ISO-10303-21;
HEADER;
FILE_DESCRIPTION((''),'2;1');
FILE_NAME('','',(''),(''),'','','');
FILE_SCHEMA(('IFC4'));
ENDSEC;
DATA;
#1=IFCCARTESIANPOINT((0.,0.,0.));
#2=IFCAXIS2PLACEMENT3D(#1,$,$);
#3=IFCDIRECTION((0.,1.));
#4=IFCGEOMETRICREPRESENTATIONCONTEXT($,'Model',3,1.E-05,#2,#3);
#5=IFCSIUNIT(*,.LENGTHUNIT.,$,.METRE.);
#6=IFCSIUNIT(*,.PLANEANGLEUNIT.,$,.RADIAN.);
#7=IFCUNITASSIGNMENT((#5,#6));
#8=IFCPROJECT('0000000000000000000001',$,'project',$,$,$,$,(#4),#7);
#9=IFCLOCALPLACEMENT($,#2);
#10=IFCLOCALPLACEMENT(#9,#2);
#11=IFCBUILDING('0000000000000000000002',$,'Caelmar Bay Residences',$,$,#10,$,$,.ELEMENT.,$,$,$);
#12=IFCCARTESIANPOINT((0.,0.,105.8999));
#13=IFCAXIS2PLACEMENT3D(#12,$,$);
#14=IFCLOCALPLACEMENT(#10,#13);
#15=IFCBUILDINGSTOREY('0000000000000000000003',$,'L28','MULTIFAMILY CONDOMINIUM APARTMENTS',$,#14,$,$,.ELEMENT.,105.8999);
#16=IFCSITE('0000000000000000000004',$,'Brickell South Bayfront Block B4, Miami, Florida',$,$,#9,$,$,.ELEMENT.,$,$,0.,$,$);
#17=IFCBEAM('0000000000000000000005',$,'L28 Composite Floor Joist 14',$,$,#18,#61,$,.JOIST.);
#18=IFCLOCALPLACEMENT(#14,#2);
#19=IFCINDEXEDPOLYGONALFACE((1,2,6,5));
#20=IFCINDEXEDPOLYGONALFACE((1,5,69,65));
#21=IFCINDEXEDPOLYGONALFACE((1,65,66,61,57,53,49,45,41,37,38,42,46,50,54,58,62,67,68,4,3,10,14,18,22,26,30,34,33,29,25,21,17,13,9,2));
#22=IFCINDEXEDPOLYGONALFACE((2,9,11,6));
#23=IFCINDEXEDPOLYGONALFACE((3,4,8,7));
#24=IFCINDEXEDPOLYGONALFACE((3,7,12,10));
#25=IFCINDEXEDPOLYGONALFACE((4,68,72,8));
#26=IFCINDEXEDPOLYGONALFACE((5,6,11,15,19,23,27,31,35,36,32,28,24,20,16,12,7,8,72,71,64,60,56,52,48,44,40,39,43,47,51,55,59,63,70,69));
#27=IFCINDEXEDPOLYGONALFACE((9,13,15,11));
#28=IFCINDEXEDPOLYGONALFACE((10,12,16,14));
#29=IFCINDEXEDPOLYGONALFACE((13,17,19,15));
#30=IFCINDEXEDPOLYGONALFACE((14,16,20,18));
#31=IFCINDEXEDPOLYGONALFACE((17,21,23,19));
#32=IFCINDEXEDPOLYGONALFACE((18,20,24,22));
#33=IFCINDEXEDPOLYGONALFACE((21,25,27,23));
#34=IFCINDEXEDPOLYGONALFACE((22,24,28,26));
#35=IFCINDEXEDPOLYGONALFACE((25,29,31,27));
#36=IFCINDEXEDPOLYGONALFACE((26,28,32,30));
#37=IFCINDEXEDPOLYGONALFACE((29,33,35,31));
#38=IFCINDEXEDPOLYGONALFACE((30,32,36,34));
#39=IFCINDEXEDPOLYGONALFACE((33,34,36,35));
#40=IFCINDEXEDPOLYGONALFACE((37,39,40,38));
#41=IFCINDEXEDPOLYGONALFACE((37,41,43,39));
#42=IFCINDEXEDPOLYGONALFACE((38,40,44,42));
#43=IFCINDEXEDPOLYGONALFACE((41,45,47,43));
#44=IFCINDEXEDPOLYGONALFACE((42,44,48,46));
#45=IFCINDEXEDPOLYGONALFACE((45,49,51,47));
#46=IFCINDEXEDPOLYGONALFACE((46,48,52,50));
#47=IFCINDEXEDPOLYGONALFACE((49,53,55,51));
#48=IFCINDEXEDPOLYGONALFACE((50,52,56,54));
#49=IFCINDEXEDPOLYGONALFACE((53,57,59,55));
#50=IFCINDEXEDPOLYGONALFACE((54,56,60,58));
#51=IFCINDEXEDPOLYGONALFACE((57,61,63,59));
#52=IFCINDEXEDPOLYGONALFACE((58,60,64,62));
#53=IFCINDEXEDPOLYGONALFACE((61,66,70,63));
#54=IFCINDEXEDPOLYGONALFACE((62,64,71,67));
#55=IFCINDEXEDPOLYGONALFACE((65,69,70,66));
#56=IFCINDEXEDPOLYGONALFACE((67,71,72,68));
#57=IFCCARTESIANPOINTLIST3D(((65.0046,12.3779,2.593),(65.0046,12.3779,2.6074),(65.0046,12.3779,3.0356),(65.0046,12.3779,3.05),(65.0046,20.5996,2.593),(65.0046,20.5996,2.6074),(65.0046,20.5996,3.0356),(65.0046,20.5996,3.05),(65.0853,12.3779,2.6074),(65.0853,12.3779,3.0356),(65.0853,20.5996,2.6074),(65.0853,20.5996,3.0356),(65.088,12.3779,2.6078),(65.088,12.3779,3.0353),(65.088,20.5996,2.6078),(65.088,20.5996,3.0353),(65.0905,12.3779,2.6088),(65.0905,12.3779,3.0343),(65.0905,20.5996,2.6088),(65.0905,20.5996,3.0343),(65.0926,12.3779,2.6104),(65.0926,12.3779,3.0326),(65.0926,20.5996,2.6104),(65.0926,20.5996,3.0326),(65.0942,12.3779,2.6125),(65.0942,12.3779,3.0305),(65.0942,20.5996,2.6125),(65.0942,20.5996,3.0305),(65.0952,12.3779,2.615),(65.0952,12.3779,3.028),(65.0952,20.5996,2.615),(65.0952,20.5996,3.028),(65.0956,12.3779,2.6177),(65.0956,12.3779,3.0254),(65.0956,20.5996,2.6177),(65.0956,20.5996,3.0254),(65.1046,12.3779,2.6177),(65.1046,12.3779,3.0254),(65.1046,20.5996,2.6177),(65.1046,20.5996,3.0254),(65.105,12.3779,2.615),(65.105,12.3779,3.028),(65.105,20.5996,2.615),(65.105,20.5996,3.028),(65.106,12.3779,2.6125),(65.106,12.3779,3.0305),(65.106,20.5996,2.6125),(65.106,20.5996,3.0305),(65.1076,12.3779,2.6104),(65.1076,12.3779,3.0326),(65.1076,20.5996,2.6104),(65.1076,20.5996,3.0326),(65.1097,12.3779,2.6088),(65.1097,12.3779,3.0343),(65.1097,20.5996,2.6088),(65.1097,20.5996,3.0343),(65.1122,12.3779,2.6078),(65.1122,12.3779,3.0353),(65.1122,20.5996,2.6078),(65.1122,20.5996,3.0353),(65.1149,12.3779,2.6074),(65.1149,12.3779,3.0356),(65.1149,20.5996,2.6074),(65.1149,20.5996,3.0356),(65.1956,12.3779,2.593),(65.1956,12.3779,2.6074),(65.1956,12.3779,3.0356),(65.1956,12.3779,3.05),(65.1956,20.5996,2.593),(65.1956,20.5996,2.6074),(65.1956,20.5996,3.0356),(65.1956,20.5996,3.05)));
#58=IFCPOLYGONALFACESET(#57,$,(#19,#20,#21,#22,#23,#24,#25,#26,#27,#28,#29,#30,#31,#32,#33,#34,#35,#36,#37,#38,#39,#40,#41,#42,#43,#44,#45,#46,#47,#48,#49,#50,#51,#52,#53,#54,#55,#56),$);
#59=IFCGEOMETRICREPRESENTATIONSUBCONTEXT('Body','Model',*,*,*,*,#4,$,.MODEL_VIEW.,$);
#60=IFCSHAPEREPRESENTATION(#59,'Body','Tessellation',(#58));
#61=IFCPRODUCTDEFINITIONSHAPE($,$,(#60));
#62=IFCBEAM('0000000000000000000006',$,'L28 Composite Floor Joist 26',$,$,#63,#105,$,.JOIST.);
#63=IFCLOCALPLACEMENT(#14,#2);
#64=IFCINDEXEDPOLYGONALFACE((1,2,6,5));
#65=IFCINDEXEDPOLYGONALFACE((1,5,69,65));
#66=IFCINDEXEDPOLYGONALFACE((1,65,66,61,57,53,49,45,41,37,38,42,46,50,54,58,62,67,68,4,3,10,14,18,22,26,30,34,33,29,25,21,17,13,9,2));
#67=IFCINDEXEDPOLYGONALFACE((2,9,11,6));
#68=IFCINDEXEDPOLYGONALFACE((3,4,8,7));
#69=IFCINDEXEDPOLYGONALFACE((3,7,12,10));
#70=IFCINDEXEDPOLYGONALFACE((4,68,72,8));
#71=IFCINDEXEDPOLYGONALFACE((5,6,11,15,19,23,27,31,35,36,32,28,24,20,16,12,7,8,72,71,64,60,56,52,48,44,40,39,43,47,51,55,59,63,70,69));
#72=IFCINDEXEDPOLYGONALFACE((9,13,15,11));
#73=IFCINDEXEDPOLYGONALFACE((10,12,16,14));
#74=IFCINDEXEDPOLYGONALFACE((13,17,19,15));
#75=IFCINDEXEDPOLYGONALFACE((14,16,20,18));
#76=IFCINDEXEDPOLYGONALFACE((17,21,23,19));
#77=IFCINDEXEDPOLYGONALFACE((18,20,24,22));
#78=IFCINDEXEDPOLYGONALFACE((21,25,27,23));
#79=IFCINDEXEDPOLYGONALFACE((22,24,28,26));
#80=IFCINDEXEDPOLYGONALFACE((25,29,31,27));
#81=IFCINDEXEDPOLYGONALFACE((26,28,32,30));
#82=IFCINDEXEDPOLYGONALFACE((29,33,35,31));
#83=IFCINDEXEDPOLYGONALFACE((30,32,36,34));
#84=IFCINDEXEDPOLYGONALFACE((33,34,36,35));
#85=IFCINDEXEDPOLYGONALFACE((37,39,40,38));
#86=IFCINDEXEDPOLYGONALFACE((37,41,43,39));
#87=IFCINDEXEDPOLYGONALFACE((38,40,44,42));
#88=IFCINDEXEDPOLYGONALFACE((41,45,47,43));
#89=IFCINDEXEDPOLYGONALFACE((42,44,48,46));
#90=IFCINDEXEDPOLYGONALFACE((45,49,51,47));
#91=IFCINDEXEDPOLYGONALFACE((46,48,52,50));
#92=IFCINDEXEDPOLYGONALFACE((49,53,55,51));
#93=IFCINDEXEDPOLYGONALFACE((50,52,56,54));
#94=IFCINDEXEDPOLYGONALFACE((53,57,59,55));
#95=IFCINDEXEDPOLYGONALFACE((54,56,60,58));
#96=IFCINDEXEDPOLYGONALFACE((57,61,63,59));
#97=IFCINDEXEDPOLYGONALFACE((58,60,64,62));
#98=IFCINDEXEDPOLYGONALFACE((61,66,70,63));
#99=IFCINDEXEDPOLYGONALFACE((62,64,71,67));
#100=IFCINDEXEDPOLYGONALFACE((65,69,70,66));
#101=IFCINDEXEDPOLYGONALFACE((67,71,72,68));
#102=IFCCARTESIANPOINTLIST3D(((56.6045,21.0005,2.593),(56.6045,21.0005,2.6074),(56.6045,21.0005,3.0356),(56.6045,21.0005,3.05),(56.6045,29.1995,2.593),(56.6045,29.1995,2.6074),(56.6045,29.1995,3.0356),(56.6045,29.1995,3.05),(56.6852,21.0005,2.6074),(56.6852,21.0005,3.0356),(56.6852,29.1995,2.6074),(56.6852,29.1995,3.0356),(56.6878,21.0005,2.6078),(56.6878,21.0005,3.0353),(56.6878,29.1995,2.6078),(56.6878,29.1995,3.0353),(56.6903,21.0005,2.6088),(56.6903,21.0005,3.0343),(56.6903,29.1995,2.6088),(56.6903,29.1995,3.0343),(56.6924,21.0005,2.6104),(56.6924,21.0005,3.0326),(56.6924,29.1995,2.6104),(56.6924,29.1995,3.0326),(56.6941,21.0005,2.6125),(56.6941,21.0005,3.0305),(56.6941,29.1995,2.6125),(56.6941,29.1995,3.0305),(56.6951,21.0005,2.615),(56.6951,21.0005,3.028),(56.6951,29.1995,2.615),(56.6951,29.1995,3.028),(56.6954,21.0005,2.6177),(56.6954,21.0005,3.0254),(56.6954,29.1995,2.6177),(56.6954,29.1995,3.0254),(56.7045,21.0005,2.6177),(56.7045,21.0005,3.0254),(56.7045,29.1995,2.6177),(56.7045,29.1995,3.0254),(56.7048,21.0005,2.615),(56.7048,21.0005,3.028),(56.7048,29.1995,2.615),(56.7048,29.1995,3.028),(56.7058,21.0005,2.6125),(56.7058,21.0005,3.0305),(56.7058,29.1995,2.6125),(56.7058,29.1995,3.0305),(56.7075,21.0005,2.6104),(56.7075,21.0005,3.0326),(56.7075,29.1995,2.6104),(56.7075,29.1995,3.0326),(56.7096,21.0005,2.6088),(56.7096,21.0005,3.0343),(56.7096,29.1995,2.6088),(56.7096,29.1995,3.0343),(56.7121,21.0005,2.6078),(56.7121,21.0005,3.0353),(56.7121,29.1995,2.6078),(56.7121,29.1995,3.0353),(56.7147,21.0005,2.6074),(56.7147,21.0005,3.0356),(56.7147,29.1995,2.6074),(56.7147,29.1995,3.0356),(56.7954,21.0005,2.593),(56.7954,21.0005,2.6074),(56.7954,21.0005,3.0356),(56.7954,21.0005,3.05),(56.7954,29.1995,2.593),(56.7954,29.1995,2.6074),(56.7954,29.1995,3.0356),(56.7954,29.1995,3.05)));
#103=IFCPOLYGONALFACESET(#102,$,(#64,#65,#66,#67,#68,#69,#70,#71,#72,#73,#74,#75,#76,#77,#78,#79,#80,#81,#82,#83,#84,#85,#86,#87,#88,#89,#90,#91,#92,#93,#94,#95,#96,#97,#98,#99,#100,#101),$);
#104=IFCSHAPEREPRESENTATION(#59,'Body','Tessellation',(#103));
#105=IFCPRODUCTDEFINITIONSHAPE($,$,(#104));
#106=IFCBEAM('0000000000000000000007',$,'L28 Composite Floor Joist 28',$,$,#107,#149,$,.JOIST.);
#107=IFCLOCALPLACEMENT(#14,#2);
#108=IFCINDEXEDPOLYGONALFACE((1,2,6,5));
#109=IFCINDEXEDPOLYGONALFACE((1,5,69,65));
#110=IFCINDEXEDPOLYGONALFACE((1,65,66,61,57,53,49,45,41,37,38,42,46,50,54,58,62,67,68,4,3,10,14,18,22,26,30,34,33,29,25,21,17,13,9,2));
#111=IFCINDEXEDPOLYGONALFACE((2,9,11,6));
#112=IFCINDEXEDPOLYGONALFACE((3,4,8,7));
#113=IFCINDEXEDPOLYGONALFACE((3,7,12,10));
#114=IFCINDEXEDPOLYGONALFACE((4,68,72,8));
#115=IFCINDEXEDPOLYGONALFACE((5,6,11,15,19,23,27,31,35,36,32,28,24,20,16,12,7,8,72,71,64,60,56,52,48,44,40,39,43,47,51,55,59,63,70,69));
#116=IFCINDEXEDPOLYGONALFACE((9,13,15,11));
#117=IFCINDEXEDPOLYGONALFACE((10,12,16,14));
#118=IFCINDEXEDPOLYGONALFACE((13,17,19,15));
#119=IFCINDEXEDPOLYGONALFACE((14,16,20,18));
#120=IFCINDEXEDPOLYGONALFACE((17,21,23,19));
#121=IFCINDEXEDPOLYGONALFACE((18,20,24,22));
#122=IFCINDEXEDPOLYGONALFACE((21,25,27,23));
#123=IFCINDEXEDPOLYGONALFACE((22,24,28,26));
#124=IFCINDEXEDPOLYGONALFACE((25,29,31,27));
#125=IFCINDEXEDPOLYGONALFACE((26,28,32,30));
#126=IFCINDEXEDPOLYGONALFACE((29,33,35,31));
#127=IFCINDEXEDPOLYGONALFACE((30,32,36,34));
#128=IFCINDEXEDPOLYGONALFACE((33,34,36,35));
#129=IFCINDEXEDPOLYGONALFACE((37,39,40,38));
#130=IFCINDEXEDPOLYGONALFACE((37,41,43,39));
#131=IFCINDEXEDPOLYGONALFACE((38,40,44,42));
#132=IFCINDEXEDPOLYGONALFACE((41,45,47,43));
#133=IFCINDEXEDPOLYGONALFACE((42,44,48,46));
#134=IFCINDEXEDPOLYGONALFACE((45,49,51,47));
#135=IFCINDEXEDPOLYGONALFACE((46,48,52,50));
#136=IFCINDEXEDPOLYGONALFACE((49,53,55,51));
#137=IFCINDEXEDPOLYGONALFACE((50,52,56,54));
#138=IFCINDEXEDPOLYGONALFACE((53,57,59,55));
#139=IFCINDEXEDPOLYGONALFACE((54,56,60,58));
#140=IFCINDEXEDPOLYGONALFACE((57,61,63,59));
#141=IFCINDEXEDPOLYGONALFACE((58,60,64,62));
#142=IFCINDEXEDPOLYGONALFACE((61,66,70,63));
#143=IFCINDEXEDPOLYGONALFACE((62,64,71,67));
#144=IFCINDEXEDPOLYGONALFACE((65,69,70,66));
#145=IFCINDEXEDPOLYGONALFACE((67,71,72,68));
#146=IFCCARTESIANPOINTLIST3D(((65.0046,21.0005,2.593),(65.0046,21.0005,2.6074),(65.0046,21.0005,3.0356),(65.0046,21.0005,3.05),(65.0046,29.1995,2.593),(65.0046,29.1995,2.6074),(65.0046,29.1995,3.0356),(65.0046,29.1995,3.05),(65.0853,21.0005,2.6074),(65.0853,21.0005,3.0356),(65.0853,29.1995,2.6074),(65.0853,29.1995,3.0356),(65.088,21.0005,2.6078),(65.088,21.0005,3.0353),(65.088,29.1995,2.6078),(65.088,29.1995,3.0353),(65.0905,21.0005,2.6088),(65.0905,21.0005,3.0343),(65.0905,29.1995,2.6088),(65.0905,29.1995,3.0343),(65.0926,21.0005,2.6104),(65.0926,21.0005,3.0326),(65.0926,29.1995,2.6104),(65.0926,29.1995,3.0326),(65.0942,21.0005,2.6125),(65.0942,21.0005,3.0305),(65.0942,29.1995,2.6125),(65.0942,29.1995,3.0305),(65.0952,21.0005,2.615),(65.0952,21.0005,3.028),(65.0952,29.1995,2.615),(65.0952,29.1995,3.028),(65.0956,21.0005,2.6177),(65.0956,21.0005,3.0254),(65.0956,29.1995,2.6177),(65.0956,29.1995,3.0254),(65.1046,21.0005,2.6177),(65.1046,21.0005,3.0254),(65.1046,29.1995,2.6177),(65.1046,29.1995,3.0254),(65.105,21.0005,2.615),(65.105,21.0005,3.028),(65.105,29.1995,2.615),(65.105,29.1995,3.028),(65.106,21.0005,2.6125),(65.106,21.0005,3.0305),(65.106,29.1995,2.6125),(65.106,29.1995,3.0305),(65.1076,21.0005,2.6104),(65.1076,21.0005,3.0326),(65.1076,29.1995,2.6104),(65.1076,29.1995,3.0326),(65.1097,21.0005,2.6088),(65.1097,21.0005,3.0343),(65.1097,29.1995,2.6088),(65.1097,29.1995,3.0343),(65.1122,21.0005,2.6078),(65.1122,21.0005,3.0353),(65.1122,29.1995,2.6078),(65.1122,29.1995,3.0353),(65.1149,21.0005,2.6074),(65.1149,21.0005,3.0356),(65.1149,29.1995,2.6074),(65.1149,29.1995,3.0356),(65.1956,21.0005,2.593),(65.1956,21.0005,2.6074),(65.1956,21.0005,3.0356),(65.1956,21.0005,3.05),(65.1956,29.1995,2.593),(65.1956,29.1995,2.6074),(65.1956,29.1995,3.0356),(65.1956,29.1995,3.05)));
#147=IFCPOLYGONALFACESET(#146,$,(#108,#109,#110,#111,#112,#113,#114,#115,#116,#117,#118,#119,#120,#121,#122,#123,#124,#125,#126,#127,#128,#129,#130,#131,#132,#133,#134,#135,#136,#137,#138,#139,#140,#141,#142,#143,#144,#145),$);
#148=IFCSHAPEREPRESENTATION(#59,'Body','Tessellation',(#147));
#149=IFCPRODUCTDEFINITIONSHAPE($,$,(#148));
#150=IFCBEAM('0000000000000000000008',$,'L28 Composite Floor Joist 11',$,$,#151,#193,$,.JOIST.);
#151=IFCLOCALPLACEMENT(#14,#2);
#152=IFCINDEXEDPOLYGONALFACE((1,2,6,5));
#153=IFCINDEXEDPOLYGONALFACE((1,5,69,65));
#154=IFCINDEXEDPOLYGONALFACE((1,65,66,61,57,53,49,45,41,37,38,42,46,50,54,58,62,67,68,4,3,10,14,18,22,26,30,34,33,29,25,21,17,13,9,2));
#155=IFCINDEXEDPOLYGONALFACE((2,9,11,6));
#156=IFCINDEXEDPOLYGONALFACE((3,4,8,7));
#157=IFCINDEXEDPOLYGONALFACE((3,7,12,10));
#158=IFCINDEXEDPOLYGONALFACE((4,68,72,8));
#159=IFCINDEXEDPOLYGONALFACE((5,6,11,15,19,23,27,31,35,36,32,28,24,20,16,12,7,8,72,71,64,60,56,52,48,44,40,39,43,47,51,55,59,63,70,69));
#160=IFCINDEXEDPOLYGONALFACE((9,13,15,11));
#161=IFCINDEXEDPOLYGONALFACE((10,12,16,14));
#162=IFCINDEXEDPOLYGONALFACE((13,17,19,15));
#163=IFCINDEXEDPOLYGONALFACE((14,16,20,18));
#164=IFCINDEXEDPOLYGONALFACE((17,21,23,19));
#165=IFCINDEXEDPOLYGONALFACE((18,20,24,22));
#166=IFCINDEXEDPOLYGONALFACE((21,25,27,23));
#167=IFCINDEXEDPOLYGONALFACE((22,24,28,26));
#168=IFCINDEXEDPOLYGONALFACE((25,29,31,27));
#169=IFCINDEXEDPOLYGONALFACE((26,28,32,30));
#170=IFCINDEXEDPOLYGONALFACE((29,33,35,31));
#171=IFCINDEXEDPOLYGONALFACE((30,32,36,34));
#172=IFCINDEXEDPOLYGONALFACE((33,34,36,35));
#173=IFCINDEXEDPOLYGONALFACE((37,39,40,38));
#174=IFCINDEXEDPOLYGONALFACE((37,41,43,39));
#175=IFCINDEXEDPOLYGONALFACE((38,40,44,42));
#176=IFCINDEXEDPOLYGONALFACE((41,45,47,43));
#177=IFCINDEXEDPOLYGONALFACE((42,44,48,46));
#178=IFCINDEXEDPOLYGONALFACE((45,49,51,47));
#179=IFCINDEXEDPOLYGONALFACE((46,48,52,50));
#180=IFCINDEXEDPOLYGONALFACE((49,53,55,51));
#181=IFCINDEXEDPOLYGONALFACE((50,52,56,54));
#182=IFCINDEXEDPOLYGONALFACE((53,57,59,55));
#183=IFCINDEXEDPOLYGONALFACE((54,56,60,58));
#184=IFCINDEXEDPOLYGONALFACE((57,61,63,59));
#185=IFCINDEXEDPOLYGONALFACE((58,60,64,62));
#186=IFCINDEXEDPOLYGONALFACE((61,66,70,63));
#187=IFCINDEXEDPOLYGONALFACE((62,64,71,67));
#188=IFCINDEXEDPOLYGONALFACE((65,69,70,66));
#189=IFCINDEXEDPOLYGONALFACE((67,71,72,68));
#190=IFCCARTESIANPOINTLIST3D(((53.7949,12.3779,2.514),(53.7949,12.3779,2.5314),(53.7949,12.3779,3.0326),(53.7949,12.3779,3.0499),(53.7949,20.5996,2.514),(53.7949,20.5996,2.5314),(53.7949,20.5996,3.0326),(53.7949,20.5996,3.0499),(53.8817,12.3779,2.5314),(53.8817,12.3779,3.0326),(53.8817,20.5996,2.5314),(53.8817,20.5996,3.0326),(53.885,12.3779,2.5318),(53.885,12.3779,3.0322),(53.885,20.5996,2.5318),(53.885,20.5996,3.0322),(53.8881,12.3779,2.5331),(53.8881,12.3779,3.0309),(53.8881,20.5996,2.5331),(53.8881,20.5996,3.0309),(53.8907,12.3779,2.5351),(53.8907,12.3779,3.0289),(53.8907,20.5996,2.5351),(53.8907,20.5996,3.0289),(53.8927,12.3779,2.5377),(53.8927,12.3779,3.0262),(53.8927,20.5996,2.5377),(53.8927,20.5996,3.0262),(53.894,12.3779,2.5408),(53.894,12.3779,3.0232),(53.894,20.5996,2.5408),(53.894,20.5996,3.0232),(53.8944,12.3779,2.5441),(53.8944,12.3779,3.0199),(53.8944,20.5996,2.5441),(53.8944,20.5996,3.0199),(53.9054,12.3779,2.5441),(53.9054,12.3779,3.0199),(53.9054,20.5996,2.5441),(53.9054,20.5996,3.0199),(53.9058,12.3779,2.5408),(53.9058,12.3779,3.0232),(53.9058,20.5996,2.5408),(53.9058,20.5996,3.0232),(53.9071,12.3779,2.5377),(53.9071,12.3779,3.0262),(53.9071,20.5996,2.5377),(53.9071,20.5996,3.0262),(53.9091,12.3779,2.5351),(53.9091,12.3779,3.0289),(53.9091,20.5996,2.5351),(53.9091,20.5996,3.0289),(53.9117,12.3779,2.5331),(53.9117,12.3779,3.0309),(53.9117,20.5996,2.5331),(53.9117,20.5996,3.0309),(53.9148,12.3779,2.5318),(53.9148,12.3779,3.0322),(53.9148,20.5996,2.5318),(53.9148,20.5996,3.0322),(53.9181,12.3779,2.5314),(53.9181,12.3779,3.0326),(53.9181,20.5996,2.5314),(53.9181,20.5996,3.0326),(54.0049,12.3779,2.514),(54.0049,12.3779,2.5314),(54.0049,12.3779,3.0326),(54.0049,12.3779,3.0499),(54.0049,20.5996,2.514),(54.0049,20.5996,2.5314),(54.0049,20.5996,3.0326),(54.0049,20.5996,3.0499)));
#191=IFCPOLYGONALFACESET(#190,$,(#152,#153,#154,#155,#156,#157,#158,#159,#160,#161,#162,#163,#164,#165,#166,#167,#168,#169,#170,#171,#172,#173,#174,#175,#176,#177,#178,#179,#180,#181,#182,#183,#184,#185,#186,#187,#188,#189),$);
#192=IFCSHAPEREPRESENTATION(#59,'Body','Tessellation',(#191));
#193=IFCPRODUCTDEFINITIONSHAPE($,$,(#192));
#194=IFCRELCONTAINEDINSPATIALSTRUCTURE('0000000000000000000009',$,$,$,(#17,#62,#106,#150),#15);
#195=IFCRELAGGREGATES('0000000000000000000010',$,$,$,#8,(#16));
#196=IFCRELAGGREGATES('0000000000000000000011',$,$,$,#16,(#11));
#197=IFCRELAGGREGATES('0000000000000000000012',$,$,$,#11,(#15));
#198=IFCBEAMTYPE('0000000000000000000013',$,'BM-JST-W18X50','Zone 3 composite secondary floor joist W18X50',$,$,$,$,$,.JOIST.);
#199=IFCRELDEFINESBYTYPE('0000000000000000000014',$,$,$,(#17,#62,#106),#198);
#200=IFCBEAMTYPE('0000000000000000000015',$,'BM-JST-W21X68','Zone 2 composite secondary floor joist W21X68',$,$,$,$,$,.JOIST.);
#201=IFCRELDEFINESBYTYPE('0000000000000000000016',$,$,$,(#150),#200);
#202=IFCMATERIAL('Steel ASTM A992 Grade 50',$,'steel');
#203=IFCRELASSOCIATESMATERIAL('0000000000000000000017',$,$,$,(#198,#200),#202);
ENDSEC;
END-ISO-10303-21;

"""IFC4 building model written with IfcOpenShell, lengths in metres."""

from ifc_helpers import new_model, si_unit, direction, frame, origin, origin_2d, place, context, subcontext, project, spatial, i_section, extrude, material, material_profile, profile_set, type_object, element, save


model = new_model("IFC4")

# Units and contexts
model_context = context("Model", 3, precision=1e-05, world=origin(), true_north=direction((0.0, 1.0)))
body_context = subcontext(model_context, "Body", "Model", "MODEL_VIEW")
ifc_project = project(units=[si_unit("LENGTHUNIT", "METRE"), si_unit("PLANEANGLEUNIT", "RADIAN")], contexts=[model_context])

# Site, building, storey
site_placement = place(None, origin())
site = spatial("IfcSite", under=ifc_project, at=site_placement, Name="Brickell South Bayfront Block B4, Miami, Florida", CompositionType="ELEMENT", RefElevation=0.0)
building_placement = place(site_placement, origin())
building = spatial("IfcBuilding", under=site, at=building_placement, Name="Caelmar Bay Residences", CompositionType="ELEMENT")
storey_placement = place(building_placement, frame((0.0, 0.0, 105.8999)))
storey = spatial("IfcBuildingStorey", under=building, at=storey_placement, Name="L28", Description="MULTIFAMILY CONDOMINIUM APARTMENTS", CompositionType="ELEMENT", Elevation=105.8999)

# Beams
ifc_material_1 = material(Name="Steel ASTM A992 Grade 50", Category="steel")
ifc_material_profile_1 = material_profile(ifc_material_1, i_section(OverallWidth=0.1909, OverallDepth=0.457, WebThickness=0.009, FlangeThickness=0.0144, FilletRadius=0.0103, at=origin_2d()), Name="W18X50")
ifc_profile_set_1 = profile_set([ifc_material_profile_1], Name="Steel ASTM A992 Grade 50")
beam_type_1 = type_object("IfcBeamType", Name="BM-JST-W18X50", Description="Zone 3 composite secondary floor joist W18X50", PredefinedType="JOIST", material=ifc_profile_set_1)
for number, where, z_axis, x_axis, name in (
    (1, (65.1001, 12.3779, 2.8215), (0.0, 1.0, 0.0), (-1.0, 0.0, 0.0), "L28 Composite Floor Joist 14"),
):
    element("IfcBeam", number, at=place(storey_placement, frame(where, z_axis=z_axis, x_axis=x_axis)), inside=storey, type_object=beam_type_1, Name=name, PredefinedType="JOIST", context=body_context, shape_type="SweptSolid", body=[
        extrude(i_section(OverallWidth=0.1909, OverallDepth=0.457, WebThickness=0.009, FlangeThickness=0.0144, FilletRadius=0.0103, at=origin_2d()), origin(), (0.0, 0.0, 1.0), 8.2217),
    ])
for number, where, z_axis, x_axis, name in (
    (2, (56.7, 21.0005, 2.8215), (0.0, 1.0, 0.0), (-1.0, 0.0, 0.0), "L28 Composite Floor Joist 26"),
    (3, (65.1001, 21.0005, 2.8215), (0.0, 1.0, 0.0), (-1.0, 0.0, 0.0), "L28 Composite Floor Joist 28"),
):
    element("IfcBeam", number, at=place(storey_placement, frame(where, z_axis=z_axis, x_axis=x_axis)), inside=storey, type_object=beam_type_1, Name=name, PredefinedType="JOIST", context=body_context, shape_type="SweptSolid", body=[
        extrude(i_section(OverallWidth=0.1909, OverallDepth=0.457, WebThickness=0.009, FlangeThickness=0.0144, FilletRadius=0.0103, at=origin_2d()), origin(), (0.0, 0.0, 1.0), 8.199),
    ])
ifc_material_profile_2 = material_profile(ifc_material_1, i_section(OverallWidth=0.21, OverallDepth=0.5359, WebThickness=0.011, FlangeThickness=0.0173, FilletRadius=0.0127, at=origin_2d()), Name="W21X68")
ifc_profile_set_2 = profile_set([ifc_material_profile_2], Name="Steel ASTM A992 Grade 50")
beam_type_2 = type_object("IfcBeamType", Name="BM-JST-W21X68", Description="Zone 2 composite secondary floor joist W21X68", PredefinedType="JOIST", material=ifc_profile_set_2)
for number, where, z_axis, x_axis, name in (
    (4, (53.8999, 12.3779, 2.782), (0.0, 1.0, 0.0), (-1.0, 0.0, 0.0), "L28 Composite Floor Joist 11"),
):
    element("IfcBeam", number, at=place(storey_placement, frame(where, z_axis=z_axis, x_axis=x_axis)), inside=storey, type_object=beam_type_2, Name=name, PredefinedType="JOIST", context=body_context, shape_type="SweptSolid", body=[
        extrude(i_section(OverallWidth=0.21, OverallDepth=0.5359, WebThickness=0.011, FlangeThickness=0.0173, FilletRadius=0.0127, at=origin_2d()), origin(), (0.0, 0.0, 1.0), 8.2217),
    ])

save(model, "model.ifc")
